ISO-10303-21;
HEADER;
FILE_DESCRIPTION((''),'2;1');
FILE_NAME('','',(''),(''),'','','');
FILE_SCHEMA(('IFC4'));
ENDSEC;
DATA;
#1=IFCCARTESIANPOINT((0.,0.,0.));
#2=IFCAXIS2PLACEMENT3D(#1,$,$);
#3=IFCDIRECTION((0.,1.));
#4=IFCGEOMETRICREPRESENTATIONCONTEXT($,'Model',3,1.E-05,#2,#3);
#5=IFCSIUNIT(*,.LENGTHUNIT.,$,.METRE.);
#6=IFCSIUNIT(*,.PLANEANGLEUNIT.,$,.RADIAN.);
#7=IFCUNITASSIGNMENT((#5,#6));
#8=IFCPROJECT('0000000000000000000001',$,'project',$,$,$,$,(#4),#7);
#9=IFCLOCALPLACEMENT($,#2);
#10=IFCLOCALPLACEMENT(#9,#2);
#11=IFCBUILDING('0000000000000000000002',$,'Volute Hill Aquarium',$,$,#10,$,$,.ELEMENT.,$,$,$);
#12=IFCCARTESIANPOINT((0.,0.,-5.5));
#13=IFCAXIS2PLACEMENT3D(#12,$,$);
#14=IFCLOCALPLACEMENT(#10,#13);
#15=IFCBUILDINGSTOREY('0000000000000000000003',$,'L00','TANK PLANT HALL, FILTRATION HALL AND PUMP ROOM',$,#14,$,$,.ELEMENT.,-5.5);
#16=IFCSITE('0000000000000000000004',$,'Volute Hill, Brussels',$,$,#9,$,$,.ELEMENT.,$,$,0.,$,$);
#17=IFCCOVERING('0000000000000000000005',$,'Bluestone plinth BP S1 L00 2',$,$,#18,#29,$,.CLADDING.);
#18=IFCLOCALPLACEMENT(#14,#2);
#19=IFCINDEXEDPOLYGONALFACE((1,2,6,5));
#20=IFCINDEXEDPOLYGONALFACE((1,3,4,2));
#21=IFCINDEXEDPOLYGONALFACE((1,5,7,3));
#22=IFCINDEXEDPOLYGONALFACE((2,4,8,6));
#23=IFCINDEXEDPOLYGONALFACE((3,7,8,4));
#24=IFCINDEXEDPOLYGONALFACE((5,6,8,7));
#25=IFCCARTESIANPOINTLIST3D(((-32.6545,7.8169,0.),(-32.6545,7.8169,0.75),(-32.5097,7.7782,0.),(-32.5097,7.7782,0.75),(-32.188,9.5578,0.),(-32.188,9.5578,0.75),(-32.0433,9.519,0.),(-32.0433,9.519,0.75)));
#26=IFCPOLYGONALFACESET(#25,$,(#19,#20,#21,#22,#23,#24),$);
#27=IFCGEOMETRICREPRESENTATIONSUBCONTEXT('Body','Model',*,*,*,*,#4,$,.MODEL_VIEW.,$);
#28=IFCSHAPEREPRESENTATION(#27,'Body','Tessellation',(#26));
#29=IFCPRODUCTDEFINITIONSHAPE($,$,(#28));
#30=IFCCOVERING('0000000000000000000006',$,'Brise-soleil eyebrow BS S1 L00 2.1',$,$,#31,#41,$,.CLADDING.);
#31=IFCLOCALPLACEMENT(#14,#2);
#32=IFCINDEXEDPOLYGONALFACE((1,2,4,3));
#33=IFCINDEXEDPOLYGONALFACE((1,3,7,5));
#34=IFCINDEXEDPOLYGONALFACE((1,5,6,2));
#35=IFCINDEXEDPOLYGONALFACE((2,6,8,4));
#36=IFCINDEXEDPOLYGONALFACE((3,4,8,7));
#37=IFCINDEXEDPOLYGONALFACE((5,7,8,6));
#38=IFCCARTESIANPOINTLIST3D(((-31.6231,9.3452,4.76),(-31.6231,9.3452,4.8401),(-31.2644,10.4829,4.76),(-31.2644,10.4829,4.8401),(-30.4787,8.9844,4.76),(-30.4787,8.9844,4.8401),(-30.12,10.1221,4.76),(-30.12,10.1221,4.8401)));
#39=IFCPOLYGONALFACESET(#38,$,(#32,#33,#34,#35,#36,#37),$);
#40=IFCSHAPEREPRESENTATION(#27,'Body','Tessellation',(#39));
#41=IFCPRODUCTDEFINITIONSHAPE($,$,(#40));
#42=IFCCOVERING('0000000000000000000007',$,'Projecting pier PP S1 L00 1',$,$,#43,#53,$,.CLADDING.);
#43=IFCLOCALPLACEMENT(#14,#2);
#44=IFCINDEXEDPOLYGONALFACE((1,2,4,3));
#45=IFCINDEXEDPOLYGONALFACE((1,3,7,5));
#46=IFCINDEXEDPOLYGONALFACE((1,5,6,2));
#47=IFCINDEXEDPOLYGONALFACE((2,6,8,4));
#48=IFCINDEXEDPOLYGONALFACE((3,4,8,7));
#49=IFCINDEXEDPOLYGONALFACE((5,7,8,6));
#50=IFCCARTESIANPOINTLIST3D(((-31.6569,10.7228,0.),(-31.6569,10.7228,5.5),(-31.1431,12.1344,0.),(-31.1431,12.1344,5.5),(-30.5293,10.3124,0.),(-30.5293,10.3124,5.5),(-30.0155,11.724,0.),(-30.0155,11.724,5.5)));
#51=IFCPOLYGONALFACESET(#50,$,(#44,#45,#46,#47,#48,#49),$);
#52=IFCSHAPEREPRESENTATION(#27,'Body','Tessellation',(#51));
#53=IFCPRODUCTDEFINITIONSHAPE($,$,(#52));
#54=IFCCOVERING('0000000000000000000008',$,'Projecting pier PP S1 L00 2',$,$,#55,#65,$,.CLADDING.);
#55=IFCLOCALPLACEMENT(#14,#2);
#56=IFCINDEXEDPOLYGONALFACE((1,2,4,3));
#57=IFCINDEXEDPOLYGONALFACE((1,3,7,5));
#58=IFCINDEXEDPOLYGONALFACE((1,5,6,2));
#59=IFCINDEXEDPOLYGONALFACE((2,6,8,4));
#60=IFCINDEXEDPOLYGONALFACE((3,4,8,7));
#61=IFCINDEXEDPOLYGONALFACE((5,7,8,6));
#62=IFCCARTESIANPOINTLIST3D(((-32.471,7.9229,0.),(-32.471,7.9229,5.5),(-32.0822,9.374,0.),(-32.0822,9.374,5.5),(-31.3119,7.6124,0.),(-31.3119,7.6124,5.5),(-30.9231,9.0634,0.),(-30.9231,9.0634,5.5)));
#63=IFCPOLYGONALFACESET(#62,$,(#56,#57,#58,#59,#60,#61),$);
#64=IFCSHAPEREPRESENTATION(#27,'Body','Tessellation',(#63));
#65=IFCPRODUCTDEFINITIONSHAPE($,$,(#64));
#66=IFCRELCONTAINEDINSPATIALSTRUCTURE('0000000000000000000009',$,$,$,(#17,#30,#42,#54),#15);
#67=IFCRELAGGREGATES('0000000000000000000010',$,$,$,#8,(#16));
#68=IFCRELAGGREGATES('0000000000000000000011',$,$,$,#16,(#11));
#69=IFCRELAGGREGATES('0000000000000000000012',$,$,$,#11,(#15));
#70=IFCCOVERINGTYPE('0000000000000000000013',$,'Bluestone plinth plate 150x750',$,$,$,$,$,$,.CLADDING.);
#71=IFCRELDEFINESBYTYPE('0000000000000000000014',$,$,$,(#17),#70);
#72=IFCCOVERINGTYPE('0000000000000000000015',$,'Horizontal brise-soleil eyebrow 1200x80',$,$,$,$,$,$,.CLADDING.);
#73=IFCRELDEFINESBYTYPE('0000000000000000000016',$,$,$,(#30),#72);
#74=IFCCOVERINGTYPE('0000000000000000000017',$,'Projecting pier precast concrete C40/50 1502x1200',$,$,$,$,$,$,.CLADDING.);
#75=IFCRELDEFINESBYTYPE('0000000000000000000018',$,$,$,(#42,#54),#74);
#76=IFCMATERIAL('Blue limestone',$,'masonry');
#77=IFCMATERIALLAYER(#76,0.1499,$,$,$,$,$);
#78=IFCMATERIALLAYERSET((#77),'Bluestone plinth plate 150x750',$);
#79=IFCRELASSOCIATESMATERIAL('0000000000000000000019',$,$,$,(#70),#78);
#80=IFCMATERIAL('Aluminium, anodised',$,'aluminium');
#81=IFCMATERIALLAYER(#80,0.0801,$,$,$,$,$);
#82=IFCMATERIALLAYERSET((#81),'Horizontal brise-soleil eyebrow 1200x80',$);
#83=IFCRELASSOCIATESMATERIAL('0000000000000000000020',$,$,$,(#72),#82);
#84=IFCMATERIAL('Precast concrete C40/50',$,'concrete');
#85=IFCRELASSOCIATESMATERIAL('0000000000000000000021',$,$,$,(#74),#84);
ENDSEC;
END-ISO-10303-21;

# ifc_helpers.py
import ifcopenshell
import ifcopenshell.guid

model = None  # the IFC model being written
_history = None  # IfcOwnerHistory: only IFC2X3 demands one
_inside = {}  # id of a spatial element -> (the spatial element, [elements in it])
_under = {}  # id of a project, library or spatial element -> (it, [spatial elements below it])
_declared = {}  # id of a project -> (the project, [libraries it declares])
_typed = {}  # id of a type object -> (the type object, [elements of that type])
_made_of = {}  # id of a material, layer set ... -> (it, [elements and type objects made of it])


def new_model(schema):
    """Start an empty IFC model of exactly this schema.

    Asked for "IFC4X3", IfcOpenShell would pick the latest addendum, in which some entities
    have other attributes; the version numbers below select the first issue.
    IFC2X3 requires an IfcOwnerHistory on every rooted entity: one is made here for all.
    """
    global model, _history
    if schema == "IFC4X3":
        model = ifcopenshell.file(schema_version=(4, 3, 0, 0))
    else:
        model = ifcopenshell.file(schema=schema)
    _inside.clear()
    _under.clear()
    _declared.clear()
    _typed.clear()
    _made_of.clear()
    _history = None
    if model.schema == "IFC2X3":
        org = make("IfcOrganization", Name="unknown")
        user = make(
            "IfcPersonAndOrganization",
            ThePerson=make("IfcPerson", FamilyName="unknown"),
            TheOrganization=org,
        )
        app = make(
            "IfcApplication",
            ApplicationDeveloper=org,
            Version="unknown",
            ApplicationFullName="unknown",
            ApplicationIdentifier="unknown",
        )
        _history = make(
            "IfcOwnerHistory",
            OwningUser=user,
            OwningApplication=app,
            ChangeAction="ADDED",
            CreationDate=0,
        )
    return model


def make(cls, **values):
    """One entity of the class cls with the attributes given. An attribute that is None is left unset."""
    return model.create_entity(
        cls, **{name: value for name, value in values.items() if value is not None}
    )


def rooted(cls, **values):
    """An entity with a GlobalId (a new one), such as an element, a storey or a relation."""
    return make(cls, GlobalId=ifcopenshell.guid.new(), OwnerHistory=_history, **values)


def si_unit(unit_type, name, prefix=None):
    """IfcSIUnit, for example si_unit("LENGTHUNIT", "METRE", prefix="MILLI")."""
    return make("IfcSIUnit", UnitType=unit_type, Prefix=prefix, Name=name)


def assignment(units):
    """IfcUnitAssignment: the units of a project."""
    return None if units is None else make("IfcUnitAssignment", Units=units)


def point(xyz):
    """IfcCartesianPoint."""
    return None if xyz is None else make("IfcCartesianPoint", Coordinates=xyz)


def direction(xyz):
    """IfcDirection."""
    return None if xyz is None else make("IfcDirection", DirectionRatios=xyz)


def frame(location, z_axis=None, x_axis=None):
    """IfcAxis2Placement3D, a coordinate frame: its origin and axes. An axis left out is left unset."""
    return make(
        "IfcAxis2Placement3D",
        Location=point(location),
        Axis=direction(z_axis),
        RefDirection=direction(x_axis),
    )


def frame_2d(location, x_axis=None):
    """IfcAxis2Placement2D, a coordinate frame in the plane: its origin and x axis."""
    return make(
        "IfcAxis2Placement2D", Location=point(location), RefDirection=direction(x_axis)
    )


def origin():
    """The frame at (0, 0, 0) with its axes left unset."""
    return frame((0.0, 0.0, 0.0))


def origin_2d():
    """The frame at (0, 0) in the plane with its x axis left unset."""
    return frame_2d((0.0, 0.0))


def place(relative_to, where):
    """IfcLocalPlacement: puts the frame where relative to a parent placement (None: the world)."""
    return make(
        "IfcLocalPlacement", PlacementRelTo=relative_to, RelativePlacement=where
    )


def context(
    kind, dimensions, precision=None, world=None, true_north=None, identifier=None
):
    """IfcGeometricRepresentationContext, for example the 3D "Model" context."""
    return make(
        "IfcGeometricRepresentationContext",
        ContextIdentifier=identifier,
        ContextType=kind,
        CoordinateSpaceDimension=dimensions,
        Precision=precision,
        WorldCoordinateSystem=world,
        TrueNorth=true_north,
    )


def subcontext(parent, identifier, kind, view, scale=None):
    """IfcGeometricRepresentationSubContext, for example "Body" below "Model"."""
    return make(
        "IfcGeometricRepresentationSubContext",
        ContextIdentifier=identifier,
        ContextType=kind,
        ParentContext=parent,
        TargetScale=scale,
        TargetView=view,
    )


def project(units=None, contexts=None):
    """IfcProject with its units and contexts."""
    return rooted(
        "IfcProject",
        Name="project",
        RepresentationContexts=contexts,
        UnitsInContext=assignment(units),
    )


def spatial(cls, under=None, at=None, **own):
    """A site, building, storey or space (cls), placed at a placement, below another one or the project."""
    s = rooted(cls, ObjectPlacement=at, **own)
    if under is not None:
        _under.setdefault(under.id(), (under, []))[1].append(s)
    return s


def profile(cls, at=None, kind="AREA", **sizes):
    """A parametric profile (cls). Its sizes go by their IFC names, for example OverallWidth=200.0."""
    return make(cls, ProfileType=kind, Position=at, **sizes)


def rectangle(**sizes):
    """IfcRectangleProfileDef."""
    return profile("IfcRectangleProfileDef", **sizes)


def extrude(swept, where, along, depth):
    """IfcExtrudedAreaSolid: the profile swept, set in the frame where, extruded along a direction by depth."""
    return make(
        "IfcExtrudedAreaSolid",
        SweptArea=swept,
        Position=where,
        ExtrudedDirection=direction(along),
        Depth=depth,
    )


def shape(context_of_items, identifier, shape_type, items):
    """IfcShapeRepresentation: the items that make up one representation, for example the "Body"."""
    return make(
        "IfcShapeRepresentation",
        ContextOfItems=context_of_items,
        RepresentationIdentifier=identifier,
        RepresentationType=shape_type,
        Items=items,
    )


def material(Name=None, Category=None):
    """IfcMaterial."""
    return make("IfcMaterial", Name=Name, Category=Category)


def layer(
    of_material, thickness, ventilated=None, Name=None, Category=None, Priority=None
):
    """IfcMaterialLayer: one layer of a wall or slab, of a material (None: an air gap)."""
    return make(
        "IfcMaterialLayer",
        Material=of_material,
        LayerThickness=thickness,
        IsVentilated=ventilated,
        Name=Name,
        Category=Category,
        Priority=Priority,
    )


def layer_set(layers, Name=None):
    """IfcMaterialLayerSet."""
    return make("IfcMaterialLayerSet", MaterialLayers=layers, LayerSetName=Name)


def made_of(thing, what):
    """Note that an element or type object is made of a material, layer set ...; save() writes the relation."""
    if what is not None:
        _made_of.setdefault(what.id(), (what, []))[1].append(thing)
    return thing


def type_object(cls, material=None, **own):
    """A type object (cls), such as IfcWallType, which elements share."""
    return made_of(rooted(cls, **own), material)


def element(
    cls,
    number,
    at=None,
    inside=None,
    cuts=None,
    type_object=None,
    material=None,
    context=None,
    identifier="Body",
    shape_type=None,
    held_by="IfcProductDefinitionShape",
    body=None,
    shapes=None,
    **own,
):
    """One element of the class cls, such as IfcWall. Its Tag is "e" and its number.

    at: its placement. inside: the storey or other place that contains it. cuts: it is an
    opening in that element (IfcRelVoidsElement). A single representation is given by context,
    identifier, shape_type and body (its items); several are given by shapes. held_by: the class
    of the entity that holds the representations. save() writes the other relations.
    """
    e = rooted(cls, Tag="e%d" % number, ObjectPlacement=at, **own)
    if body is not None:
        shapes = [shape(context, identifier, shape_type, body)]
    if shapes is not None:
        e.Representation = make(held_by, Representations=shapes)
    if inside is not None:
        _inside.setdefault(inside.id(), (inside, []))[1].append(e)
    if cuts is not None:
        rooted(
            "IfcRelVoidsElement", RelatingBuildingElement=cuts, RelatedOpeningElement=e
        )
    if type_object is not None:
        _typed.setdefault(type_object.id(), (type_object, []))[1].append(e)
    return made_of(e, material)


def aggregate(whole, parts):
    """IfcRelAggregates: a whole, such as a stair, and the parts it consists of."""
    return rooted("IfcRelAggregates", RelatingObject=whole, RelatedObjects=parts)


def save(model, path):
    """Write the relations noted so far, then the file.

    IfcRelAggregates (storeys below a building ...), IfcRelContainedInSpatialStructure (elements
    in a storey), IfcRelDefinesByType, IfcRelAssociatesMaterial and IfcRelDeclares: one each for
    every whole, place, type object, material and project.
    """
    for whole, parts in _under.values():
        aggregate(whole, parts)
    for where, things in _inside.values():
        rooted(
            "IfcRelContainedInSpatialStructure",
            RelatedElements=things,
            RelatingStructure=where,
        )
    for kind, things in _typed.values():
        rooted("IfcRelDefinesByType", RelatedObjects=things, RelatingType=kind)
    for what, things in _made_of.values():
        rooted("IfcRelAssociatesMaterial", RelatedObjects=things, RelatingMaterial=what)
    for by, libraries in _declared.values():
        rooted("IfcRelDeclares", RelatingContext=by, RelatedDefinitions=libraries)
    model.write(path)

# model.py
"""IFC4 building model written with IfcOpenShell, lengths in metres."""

from ifc_helpers import new_model, si_unit, direction, frame, origin, origin_2d, place, context, subcontext, project, spatial, rectangle, extrude, material, layer, layer_set, type_object, element, save


model = new_model("IFC4")

# Units and contexts
model_context = context("Model", 3, precision=1e-05, world=origin(), true_north=direction((0.0, 1.0)))
body_context = subcontext(model_context, "Body", "Model", "MODEL_VIEW")
ifc_project = project(units=[si_unit("LENGTHUNIT", "METRE"), si_unit("PLANEANGLEUNIT", "RADIAN")], contexts=[model_context])

# Site, building, storey
site_placement = place(None, origin())
site = spatial("IfcSite", under=ifc_project, at=site_placement, Name="Volute Hill, Brussels", CompositionType="ELEMENT", RefElevation=0.0)
building_placement = place(site_placement, origin())
building = spatial("IfcBuilding", under=site, at=building_placement, Name="Volute Hill Aquarium", CompositionType="ELEMENT")
storey_placement = place(building_placement, frame((0.0, 0.0, -5.5)))
storey = spatial("IfcBuildingStorey", under=building, at=storey_placement, Name="L00", Description="TANK PLANT HALL, FILTRATION HALL AND PUMP ROOM", CompositionType="ELEMENT", Elevation=-5.5)

# Coverings
ifc_material_1 = material(Name="Blue limestone", Category="masonry")
ifc_layer_1 = layer(ifc_material_1, 0.1499)
ifc_layer_set_1 = layer_set([ifc_layer_1], Name="Bluestone plinth plate 150x750")
covering_type_1 = type_object("IfcCoveringType", Name="Bluestone plinth plate 150x750", PredefinedType="CLADDING", material=ifc_layer_set_1)
covering_1_placement = place(storey_placement, frame((-32.3489, 8.668, 0.0), z_axis=(0.0, 0.0, 1.0), x_axis=(-0.258819, -0.965926, 0.0)))
element("IfcCovering", 1, at=covering_1_placement, inside=storey, type_object=covering_type_1, Name="Bluestone plinth BP S1 L00 2", PredefinedType="CLADDING", context=body_context, shape_type="SweptSolid", body=[
    extrude(rectangle(XDim=1.8022, YDim=0.1499, at=origin_2d()), origin(), (0.0, 0.0, 1.0), 0.75),
])
ifc_material_2 = material(Name="Aluminium, anodised", Category="aluminium")
ifc_layer_2 = layer(ifc_material_2, 0.0801)
ifc_layer_set_2 = layer_set([ifc_layer_2], Name="Horizontal brise-soleil eyebrow 1200x80")
covering_type_2 = type_object("IfcCoveringType", Name="Horizontal brise-soleil eyebrow 1200x80", PredefinedType="CLADDING", material=ifc_layer_set_2)
covering_2_placement = place(storey_placement, frame((-30.8716, 9.7336, 4.76), z_axis=(0.0, 0.0, 1.0), x_axis=(-0.3007, -0.953719, 0.0)))
element("IfcCovering", 2, at=covering_2_placement, inside=storey, type_object=covering_type_2, Name="Brise-soleil eyebrow BS S1 L00 2.1", PredefinedType="CLADDING", context=body_context, shape_type="SweptSolid", body=[
    extrude(rectangle(XDim=1.1929, YDim=1.2, at=origin_2d()), origin(), (0.0, 0.0, 1.0), 0.0801),
])
ifc_material_3 = material(Name="Precast concrete C40/50", Category="concrete")
covering_type_3 = type_object("IfcCoveringType", Name="Projecting pier precast concrete C40/50 1502x1200", PredefinedType="CLADDING", material=ifc_material_3)
for number, where, z_axis, x_axis, name in (
    (3, (-30.8362, 11.2234, 0.0), (0.0, 0.0, 1.0), (-0.34202, -0.939693, 0.0), "Projecting pier PP S1 L00 1"),
    (4, (-31.697, 8.4932, 0.0), (0.0, 0.0, 1.0), (-0.258819, -0.965926, 0.0), "Projecting pier PP S1 L00 2"),
):
    element("IfcCovering", number, at=place(storey_placement, frame(where, z_axis=z_axis, x_axis=x_axis)), inside=storey, type_object=covering_type_3, Name=name, PredefinedType="CLADDING", context=body_context, shape_type="SweptSolid", body=[
        extrude(rectangle(XDim=1.5022, YDim=1.2, at=origin_2d()), origin(), (0.0, 0.0, 1.0), 5.5),
    ])

save(model, "model.ifc")
